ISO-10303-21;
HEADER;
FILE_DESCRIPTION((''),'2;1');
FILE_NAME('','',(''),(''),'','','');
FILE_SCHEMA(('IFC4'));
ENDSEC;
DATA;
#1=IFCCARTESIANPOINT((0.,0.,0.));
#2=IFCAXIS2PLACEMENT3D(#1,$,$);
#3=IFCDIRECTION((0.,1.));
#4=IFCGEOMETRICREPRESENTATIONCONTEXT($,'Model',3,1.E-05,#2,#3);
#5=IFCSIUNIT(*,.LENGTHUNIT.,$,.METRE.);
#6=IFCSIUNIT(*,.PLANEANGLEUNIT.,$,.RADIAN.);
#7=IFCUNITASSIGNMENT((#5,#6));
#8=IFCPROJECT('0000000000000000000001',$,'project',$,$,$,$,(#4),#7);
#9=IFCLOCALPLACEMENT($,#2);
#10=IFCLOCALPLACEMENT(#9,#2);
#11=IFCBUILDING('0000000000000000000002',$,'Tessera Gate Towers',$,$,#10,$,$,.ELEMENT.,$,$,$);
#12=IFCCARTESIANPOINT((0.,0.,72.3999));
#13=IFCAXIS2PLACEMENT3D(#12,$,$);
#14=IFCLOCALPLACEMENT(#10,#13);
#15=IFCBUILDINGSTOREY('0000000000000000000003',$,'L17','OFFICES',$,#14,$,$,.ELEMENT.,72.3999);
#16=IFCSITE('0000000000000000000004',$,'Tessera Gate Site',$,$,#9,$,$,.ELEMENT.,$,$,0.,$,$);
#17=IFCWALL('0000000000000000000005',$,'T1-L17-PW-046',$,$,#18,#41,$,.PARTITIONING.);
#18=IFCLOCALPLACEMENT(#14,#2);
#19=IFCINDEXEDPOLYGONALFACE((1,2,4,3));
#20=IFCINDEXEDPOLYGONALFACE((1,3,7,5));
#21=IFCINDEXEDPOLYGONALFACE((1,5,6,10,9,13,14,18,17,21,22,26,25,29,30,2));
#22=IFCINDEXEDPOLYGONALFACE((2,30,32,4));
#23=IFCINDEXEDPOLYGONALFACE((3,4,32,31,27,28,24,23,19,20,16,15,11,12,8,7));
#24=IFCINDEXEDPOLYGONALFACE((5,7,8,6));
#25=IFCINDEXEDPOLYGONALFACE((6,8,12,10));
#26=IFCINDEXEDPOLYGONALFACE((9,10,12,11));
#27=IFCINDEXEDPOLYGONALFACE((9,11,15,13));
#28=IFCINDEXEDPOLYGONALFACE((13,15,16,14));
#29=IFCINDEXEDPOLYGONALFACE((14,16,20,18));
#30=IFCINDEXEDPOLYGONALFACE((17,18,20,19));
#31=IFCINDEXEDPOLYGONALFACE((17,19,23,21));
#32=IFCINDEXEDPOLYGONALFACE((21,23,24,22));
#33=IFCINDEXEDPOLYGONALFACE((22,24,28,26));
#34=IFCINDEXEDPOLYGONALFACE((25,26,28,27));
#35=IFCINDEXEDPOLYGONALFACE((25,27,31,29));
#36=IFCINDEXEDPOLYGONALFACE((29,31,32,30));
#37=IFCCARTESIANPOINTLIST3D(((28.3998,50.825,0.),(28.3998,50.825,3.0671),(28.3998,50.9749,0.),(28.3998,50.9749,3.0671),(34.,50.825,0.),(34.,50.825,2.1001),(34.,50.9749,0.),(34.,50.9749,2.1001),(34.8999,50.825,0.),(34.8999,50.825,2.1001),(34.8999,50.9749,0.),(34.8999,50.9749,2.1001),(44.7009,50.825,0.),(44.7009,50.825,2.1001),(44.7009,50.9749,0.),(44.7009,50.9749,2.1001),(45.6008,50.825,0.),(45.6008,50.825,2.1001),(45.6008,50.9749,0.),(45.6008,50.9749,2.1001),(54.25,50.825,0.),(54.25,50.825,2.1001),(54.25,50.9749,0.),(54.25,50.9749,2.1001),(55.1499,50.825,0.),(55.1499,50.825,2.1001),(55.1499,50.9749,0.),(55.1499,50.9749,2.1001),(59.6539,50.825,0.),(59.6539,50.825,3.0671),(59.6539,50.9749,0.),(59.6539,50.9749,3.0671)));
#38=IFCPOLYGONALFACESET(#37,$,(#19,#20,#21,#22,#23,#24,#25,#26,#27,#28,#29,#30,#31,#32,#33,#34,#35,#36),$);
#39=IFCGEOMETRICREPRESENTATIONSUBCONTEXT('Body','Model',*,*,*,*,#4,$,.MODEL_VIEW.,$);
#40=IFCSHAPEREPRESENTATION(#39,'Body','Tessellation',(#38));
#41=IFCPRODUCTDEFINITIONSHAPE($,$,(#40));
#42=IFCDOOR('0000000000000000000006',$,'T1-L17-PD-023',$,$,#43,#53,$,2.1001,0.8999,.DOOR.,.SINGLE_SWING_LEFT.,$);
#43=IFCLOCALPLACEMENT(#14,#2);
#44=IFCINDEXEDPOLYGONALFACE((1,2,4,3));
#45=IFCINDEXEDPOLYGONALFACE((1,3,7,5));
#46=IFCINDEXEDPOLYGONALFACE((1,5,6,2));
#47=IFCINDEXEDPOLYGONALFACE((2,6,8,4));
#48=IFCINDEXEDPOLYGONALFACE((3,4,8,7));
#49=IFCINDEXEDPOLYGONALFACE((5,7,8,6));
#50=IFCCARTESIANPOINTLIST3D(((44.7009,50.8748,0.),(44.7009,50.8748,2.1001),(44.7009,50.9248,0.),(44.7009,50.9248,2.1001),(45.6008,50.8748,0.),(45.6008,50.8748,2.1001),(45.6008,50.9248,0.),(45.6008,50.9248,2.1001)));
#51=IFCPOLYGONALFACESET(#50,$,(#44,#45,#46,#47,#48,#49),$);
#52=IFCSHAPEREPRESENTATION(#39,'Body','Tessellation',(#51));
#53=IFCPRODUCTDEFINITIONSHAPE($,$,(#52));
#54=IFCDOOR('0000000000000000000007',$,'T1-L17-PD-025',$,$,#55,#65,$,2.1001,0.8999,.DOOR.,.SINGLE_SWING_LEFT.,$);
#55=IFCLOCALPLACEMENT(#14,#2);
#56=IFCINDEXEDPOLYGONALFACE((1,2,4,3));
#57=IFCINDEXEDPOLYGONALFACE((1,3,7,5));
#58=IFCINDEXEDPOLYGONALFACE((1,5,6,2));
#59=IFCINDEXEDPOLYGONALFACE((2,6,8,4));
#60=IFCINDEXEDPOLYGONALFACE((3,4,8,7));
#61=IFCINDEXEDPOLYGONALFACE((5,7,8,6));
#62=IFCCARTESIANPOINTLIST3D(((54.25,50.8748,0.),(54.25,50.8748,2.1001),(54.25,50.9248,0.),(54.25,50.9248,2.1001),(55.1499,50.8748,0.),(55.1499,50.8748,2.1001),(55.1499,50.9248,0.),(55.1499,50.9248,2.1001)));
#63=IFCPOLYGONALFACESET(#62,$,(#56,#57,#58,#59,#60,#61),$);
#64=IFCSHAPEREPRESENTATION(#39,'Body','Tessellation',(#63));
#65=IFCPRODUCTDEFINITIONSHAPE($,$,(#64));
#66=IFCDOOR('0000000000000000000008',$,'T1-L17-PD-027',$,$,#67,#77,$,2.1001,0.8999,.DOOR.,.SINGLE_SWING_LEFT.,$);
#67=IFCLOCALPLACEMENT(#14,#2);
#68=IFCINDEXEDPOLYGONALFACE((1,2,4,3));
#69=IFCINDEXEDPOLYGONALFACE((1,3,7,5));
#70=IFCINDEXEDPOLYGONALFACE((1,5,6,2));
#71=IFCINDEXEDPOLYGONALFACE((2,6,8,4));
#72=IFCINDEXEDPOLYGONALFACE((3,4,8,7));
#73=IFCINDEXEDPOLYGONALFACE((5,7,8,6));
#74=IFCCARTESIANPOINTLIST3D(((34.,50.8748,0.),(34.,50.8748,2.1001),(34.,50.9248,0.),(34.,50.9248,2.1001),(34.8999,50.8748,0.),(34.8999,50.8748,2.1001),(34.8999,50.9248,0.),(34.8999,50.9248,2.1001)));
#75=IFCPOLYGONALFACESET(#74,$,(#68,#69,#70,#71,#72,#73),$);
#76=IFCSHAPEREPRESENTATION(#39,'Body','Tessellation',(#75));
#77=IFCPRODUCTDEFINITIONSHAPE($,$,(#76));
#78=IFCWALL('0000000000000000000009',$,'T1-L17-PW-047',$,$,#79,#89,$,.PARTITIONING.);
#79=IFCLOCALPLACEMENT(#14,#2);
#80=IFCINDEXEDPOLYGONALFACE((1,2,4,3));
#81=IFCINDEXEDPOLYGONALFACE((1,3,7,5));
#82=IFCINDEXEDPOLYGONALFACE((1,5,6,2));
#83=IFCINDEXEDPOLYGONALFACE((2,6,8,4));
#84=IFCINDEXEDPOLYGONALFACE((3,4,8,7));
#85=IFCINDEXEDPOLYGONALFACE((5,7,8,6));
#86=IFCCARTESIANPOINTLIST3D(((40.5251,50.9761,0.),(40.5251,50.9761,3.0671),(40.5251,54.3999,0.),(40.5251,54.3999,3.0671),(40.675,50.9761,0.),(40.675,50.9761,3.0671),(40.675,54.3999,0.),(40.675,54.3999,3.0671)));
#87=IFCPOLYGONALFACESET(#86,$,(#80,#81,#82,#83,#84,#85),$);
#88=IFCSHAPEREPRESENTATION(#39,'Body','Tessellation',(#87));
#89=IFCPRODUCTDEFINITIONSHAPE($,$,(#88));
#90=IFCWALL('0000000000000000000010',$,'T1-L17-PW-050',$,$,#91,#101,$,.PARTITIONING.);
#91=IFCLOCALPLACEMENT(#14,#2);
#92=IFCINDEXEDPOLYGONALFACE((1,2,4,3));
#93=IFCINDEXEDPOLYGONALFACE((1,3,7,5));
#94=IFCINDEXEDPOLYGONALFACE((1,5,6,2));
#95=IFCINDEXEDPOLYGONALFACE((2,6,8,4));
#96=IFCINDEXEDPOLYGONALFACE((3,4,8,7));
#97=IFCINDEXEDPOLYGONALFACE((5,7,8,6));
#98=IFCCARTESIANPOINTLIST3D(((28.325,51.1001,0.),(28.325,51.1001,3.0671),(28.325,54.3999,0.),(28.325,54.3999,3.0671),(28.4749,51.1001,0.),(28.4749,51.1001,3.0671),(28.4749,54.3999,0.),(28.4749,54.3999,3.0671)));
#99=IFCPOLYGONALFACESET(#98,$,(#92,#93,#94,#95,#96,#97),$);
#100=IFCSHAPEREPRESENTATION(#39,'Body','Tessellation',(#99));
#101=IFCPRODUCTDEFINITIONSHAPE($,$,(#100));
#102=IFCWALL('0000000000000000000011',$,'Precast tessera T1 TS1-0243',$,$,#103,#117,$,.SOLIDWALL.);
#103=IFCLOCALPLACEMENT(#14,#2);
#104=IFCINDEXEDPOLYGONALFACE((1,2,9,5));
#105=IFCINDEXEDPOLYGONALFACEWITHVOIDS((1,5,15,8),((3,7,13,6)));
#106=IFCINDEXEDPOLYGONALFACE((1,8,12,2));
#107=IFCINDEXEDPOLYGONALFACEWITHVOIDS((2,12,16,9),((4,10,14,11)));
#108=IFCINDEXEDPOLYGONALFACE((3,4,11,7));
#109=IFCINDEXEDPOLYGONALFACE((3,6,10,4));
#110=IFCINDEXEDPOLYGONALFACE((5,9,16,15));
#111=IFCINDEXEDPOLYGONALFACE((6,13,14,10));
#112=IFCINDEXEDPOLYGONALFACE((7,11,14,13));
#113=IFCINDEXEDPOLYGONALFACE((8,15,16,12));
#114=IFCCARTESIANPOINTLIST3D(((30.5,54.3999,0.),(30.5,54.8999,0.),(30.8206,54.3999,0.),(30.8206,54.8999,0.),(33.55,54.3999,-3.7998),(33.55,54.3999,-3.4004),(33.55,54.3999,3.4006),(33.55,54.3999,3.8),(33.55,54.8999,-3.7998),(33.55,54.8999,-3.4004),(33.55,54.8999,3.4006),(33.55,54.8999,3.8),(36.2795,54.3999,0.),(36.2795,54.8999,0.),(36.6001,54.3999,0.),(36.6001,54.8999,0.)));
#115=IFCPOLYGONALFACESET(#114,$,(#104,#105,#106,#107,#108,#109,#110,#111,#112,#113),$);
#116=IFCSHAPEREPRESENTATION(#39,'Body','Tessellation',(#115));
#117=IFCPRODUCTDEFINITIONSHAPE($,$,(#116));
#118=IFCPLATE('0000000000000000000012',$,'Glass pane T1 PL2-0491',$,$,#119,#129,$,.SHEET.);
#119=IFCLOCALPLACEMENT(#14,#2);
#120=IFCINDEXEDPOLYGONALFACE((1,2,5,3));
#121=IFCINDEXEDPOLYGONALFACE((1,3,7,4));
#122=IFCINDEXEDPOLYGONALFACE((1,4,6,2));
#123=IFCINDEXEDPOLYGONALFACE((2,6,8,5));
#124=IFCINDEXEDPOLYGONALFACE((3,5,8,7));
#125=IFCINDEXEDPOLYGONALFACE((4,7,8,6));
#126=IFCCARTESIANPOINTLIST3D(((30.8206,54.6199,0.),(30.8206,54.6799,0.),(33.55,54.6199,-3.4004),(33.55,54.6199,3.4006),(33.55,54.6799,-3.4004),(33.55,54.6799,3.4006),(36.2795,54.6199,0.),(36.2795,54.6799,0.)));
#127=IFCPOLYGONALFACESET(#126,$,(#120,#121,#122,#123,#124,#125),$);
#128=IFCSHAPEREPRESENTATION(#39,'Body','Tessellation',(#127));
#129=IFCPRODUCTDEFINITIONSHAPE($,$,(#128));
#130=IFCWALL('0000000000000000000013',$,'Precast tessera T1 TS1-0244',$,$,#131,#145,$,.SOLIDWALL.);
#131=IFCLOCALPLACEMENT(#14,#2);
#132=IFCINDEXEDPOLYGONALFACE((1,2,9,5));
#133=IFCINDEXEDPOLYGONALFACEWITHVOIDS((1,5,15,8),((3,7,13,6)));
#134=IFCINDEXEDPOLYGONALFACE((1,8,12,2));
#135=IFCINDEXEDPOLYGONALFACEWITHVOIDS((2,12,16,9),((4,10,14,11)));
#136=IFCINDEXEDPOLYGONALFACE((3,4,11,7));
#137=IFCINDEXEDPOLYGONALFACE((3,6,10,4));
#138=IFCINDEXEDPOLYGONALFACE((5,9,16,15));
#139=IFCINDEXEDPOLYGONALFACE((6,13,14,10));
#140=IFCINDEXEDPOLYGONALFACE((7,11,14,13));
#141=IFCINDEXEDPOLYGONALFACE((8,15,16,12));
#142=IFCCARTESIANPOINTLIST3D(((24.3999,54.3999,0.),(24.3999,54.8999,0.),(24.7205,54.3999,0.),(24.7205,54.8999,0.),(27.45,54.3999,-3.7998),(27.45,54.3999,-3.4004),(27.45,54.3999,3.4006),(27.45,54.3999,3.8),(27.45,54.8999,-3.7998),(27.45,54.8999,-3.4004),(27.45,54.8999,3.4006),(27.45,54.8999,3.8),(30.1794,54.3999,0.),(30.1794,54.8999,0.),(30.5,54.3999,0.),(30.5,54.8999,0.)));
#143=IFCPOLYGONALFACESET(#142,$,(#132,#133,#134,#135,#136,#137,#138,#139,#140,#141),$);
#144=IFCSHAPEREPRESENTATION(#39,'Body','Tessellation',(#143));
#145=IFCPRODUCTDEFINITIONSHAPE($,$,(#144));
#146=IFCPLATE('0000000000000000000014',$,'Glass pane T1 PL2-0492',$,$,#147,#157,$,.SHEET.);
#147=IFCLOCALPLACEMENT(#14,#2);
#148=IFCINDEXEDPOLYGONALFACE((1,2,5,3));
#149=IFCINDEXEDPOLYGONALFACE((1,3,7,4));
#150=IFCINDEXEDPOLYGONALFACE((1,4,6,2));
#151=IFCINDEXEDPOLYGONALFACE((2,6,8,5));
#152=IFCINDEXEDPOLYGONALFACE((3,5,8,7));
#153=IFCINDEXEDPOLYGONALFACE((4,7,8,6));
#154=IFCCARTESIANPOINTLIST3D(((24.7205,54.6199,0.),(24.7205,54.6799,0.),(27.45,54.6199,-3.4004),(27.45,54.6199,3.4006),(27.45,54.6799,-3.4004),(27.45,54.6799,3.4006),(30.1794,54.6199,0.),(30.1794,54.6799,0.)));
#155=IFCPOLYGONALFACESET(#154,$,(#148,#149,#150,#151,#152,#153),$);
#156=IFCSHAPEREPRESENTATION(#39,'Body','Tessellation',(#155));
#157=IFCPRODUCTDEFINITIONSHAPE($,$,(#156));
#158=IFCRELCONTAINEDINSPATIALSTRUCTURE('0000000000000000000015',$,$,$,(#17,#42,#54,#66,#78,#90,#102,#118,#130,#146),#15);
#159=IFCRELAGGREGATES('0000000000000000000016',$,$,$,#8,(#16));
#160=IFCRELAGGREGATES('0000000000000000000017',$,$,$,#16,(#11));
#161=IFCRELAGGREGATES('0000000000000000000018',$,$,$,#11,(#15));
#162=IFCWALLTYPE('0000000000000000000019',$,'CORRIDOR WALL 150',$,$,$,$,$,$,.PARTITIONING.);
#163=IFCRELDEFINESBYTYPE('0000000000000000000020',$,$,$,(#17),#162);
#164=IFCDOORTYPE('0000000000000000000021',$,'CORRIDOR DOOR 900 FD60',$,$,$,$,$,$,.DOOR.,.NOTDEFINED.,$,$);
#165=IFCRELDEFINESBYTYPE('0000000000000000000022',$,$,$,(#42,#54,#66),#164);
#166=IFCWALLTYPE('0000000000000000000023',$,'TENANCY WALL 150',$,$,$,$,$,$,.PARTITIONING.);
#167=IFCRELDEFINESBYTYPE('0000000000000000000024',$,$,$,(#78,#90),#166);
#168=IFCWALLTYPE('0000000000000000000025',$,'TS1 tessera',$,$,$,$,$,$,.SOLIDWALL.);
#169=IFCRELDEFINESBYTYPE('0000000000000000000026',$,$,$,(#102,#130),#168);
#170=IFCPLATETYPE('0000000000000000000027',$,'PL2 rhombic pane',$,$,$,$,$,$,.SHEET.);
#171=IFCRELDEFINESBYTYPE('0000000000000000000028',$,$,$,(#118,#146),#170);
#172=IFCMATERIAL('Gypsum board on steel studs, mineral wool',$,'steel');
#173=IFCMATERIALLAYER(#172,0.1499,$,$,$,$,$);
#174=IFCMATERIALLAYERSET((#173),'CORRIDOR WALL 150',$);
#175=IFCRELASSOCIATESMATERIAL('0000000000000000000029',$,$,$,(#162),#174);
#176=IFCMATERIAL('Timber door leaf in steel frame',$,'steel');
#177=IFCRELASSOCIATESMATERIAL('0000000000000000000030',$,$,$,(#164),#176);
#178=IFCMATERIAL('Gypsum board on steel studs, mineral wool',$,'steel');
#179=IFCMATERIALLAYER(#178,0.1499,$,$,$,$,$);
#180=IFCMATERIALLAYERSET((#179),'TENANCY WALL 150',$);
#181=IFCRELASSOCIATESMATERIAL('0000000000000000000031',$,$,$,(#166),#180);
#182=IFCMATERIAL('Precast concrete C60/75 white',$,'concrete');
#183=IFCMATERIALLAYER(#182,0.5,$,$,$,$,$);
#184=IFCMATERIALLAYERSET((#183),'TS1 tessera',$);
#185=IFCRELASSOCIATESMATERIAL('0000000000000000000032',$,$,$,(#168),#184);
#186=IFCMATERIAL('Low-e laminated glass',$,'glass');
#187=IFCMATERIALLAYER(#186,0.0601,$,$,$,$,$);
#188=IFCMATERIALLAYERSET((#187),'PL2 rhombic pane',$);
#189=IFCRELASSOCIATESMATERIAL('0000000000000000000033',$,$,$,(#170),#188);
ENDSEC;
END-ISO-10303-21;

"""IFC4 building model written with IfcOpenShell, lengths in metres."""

from ifc_helpers import new_model, si_unit, direction, frame, frame_2d, origin, place, context, subcontext, project, spatial, polyline, rectangle, outline, extrude, source, transform, mapped, material, layer, layer_set, type_object, element, fill, save


model = new_model("IFC4")

# Units and contexts
model_context = context("Model", 3, precision=1e-05, world=origin(), true_north=direction((0.0, 1.0)))
body_context = subcontext(model_context, "Body", "Model", "MODEL_VIEW")
ifc_project = project(units=[si_unit("LENGTHUNIT", "METRE"), si_unit("PLANEANGLEUNIT", "RADIAN")], contexts=[model_context])

# Site, building, storey
site_placement = place(None, origin())
site = spatial("IfcSite", under=ifc_project, at=site_placement, Name="Tessera Gate Site", CompositionType="ELEMENT", RefElevation=0.0)
building_placement = place(site_placement, origin())
building = spatial("IfcBuilding", under=site, at=building_placement, Name="Tessera Gate Towers", CompositionType="ELEMENT")
storey_placement = place(building_placement, frame((0.0, 0.0, 72.3999)))
storey = spatial("IfcBuildingStorey", under=building, at=storey_placement, Name="L17", Description="OFFICES", CompositionType="ELEMENT", Elevation=72.3999)

# Shared definitions
ifc_material_1 = material(Name="Gypsum board on steel studs, mineral wool", Category="steel")
ifc_layer_1 = layer(ifc_material_1, 0.1499)
ifc_layer_set_1 = layer_set([ifc_layer_1], Name="CORRIDOR WALL 150")
wall_type_1 = type_object("IfcWallType", Name="CORRIDOR WALL 150", PredefinedType="PARTITIONING", material=ifc_layer_set_1)

# Wall, openings, doors
wall_1_placement = place(storey_placement, frame((28.3999, 50.8999, 0.0), z_axis=(0.0, 0.0, 1.0), x_axis=(1.0, 0.0, 0.0)))
wall_1 = element("IfcWall", 1, at=wall_1_placement, inside=storey, type_object=wall_type_1, Name="T1-L17-PW-046", PredefinedType="PARTITIONING", context=body_context, shape_type="SweptSolid", body=[
    extrude(rectangle(XDim=31.2542, YDim=0.1499, at=frame_2d((15.627, 0.0))), origin(), (0.0, 0.0, 1.0), 3.0671),
])
shared_shape_1 = source(origin(), body_context, "Body", "SweptSolid", [
    extrude(rectangle(XDim=0.8999, YDim=2.1001, at=frame_2d((0.45, 1.05))), frame((0.0, 0.085, 0.0), z_axis=(0.0, -1.0, 0.0), x_axis=(1.0, 0.0, 0.0)), (0.0, 0.0, 1.0), 0.1699),
])
opening_1_placement = place(wall_1_placement, frame((16.301, 0.0, 0.0)))
opening_1 = element("IfcOpeningElement", 2, at=opening_1_placement, cuts=wall_1, PredefinedType="OPENING", context=body_context, shape_type="MappedRepresentation", body=[
    mapped(shared_shape_1, transform((0.0, 0.0, 0.0), scale=1.0)),
])
opening_2_placement = place(wall_1_placement, frame((25.8501, 0.0, 0.0)))
opening_2 = element("IfcOpeningElement", 3, at=opening_2_placement, cuts=wall_1, PredefinedType="OPENING", context=body_context, shape_type="MappedRepresentation", body=[
    mapped(shared_shape_1, transform((0.0, 0.0, 0.0), scale=1.0)),
])
opening_3_placement = place(wall_1_placement, frame((5.6001, 0.0, 0.0)))
opening_3 = element("IfcOpeningElement", 4, at=opening_3_placement, cuts=wall_1, PredefinedType="OPENING", context=body_context, shape_type="MappedRepresentation", body=[
    mapped(shared_shape_1, transform((0.0, 0.0, 0.0), scale=1.0)),
])
ifc_material_2 = material(Name="Timber door leaf in steel frame", Category="steel")
door_type = type_object("IfcDoorType", Name="CORRIDOR DOOR 900 FD60", OperationType="NOTDEFINED", PredefinedType="DOOR", material=ifc_material_2)
shared_shape_2 = source(origin(), body_context, "Body", "SweptSolid", [
    extrude(rectangle(XDim=0.8999, YDim=2.1001, at=frame_2d((0.45, 1.05))), frame((0.0, 0.0249, 0.0), z_axis=(0.0, -1.0, 0.0), x_axis=(1.0, 0.0, 0.0)), (0.0, 0.0, 1.0), 0.05),
])
door_1_placement = place(opening_1_placement, origin())
door_1 = element("IfcDoor", 5, at=door_1_placement, inside=storey, type_object=door_type, Name="T1-L17-PD-023", OperationType="SINGLE_SWING_LEFT", OverallHeight=2.1001, OverallWidth=0.8999, PredefinedType="DOOR", context=body_context, shape_type="MappedRepresentation", body=[
    mapped(shared_shape_2, transform((0.0, 0.0, 0.0), scale=1.0)),
])
fill(opening_1, door_1)
door_2_placement = place(opening_2_placement, origin())
door_2 = element("IfcDoor", 6, at=door_2_placement, inside=storey, type_object=door_type, Name="T1-L17-PD-025", OperationType="SINGLE_SWING_LEFT", OverallHeight=2.1001, OverallWidth=0.8999, PredefinedType="DOOR", context=body_context, shape_type="MappedRepresentation", body=[
    mapped(shared_shape_2, transform((0.0, 0.0, 0.0), scale=1.0)),
])
fill(opening_2, door_2)
door_3_placement = place(opening_3_placement, origin())
door_3 = element("IfcDoor", 7, at=door_3_placement, inside=storey, type_object=door_type, Name="T1-L17-PD-027", OperationType="SINGLE_SWING_LEFT", OverallHeight=2.1001, OverallWidth=0.8999, PredefinedType="DOOR", context=body_context, shape_type="MappedRepresentation", body=[
    mapped(shared_shape_2, transform((0.0, 0.0, 0.0), scale=1.0)),
])
fill(opening_3, door_3)

# Walls
ifc_material_3 = material(Name="Gypsum board on steel studs, mineral wool", Category="steel")
ifc_layer_2 = layer(ifc_material_3, 0.1499)
ifc_layer_set_2 = layer_set([ifc_layer_2], Name="TENANCY WALL 150")
wall_type_2 = type_object("IfcWallType", Name="TENANCY WALL 150", PredefinedType="PARTITIONING", material=ifc_layer_set_2)
wall_2_placement = place(storey_placement, frame((40.6001, 50.9761, 0.0), z_axis=(0.0, 0.0, 1.0), x_axis=(0.0, 1.0, 0.0)))
element("IfcWall", 8, at=wall_2_placement, inside=storey, type_object=wall_type_2, Name="T1-L17-PW-047", PredefinedType="PARTITIONING", context=body_context, shape_type="SweptSolid", body=[
    extrude(rectangle(XDim=3.4238, YDim=0.1499, at=frame_2d((1.7119, 0.0))), origin(), (0.0, 0.0, 1.0), 3.0671),
])
wall_3_placement = place(storey_placement, frame((28.3999, 51.1001, 0.0), z_axis=(0.0, 0.0, 1.0), x_axis=(0.0, 1.0, 0.0)))
element("IfcWall", 9, at=wall_3_placement, inside=storey, type_object=wall_type_2, Name="T1-L17-PW-050", PredefinedType="PARTITIONING", context=body_context, shape_type="SweptSolid", body=[
    extrude(rectangle(XDim=3.2998, YDim=0.1499, at=frame_2d((1.6499, 0.0))), origin(), (0.0, 0.0, 1.0), 3.0671),
])

# Walls, openings, plates
ifc_material_4 = material(Name="Precast concrete C60/75 white", Category="concrete")
ifc_layer_3 = layer(ifc_material_4, 0.5)
ifc_layer_set_3 = layer_set([ifc_layer_3], Name="TS1 tessera")
wall_type_3 = type_object("IfcWallType", Name="TS1 tessera", PredefinedType="SOLIDWALL", material=ifc_layer_set_3)
shared_shape_3 = source(origin(), body_context, "Body", "SweptSolid", [
    extrude(outline(polyline([(3.05, 0.0), (6.1001, 3.7998), (3.05, 7.5999), (0.0, 3.7998), (3.05, 0.0)])), frame((0.0, 0.25, 0.0), z_axis=(0.0, -1.0, 0.0), x_axis=(1.0, 0.0, 0.0)), (0.0, 0.0, 1.0), 0.5),
])
wall_4_placement = place(storey_placement, frame((36.6001, 54.6499, -3.7998), z_axis=(0.0, 0.0, 1.0), x_axis=(-1.0, 0.0, 0.0)))
wall_4 = element("IfcWall", 10, at=wall_4_placement, inside=storey, type_object=wall_type_3, Name="Precast tessera T1 TS1-0243", PredefinedType="SOLIDWALL", context=body_context, shape_type="MappedRepresentation", body=[
    mapped(shared_shape_3, transform((0.0, 0.0, 0.0), scale=1.0)),
])
shared_shape_4 = source(origin(), body_context, "Body", "SweptSolid", [
    extrude(outline(polyline([(3.05, 0.3994), (5.7795, 3.7998), (3.05, 7.2004), (0.3206, 3.7998), (3.05, 0.3994)])), frame((0.0, 0.26, 0.0), z_axis=(0.0, -1.0, 0.0), x_axis=(1.0, 0.0, 0.0)), (0.0, 0.0, 1.0), 0.52),
])
opening_4_placement = place(wall_4_placement, origin())
opening_4 = element("IfcOpeningElement", 11, at=opening_4_placement, cuts=wall_4, PredefinedType="OPENING", context=body_context, shape_type="MappedRepresentation", body=[
    mapped(shared_shape_4, transform((0.0, 0.0, 0.0), scale=1.0)),
])
ifc_material_5 = material(Name="Low-e laminated glass", Category="glass")
ifc_layer_4 = layer(ifc_material_5, 0.0601)
ifc_layer_set_4 = layer_set([ifc_layer_4], Name="PL2 rhombic pane")
plate_type = type_object("IfcPlateType", Name="PL2 rhombic pane", PredefinedType="SHEET", material=ifc_layer_set_4)
shared_shape_5 = source(origin(), body_context, "Body", "SweptSolid", [
    extrude(outline(polyline([(3.05, 0.3994), (5.7795, 3.7998), (3.05, 7.2004), (0.3206, 3.7998), (3.05, 0.3994)])), frame((0.0, 0.03, 0.0), z_axis=(0.0, -1.0, 0.0), x_axis=(1.0, 0.0, 0.0)), (0.0, 0.0, 1.0), 0.0601),
])
plate_1_placement = place(opening_4_placement, origin())
plate_1 = element("IfcPlate", 12, at=plate_1_placement, inside=storey, type_object=plate_type, Name="Glass pane T1 PL2-0491", PredefinedType="SHEET", context=body_context, shape_type="MappedRepresentation", body=[
    mapped(shared_shape_5, transform((0.0, 0.0, 0.0), scale=1.0)),
])
fill(opening_4, plate_1)
wall_5_placement = place(storey_placement, frame((30.5, 54.6499, -3.7998), z_axis=(0.0, 0.0, 1.0), x_axis=(-1.0, 0.0, 0.0)))
wall_5 = element("IfcWall", 13, at=wall_5_placement, inside=storey, type_object=wall_type_3, Name="Precast tessera T1 TS1-0244", PredefinedType="SOLIDWALL", context=body_context, shape_type="MappedRepresentation", body=[
    mapped(shared_shape_3, transform((0.0, 0.0, 0.0), scale=1.0)),
])
opening_5_placement = place(wall_5_placement, origin())
opening_5 = element("IfcOpeningElement", 14, at=opening_5_placement, cuts=wall_5, PredefinedType="OPENING", context=body_context, shape_type="MappedRepresentation", body=[
    mapped(shared_shape_4, transform((0.0, 0.0, 0.0), scale=1.0)),
])
plate_2_placement = place(opening_5_placement, origin())
plate_2 = element("IfcPlate", 15, at=plate_2_placement, inside=storey, type_object=plate_type, Name="Glass pane T1 PL2-0492", PredefinedType="SHEET", context=body_context, shape_type="MappedRepresentation", body=[
    mapped(shared_shape_5, transform((0.0, 0.0, 0.0), scale=1.0)),
])
fill(opening_5, plate_2)

save(model, "model.ifc")
